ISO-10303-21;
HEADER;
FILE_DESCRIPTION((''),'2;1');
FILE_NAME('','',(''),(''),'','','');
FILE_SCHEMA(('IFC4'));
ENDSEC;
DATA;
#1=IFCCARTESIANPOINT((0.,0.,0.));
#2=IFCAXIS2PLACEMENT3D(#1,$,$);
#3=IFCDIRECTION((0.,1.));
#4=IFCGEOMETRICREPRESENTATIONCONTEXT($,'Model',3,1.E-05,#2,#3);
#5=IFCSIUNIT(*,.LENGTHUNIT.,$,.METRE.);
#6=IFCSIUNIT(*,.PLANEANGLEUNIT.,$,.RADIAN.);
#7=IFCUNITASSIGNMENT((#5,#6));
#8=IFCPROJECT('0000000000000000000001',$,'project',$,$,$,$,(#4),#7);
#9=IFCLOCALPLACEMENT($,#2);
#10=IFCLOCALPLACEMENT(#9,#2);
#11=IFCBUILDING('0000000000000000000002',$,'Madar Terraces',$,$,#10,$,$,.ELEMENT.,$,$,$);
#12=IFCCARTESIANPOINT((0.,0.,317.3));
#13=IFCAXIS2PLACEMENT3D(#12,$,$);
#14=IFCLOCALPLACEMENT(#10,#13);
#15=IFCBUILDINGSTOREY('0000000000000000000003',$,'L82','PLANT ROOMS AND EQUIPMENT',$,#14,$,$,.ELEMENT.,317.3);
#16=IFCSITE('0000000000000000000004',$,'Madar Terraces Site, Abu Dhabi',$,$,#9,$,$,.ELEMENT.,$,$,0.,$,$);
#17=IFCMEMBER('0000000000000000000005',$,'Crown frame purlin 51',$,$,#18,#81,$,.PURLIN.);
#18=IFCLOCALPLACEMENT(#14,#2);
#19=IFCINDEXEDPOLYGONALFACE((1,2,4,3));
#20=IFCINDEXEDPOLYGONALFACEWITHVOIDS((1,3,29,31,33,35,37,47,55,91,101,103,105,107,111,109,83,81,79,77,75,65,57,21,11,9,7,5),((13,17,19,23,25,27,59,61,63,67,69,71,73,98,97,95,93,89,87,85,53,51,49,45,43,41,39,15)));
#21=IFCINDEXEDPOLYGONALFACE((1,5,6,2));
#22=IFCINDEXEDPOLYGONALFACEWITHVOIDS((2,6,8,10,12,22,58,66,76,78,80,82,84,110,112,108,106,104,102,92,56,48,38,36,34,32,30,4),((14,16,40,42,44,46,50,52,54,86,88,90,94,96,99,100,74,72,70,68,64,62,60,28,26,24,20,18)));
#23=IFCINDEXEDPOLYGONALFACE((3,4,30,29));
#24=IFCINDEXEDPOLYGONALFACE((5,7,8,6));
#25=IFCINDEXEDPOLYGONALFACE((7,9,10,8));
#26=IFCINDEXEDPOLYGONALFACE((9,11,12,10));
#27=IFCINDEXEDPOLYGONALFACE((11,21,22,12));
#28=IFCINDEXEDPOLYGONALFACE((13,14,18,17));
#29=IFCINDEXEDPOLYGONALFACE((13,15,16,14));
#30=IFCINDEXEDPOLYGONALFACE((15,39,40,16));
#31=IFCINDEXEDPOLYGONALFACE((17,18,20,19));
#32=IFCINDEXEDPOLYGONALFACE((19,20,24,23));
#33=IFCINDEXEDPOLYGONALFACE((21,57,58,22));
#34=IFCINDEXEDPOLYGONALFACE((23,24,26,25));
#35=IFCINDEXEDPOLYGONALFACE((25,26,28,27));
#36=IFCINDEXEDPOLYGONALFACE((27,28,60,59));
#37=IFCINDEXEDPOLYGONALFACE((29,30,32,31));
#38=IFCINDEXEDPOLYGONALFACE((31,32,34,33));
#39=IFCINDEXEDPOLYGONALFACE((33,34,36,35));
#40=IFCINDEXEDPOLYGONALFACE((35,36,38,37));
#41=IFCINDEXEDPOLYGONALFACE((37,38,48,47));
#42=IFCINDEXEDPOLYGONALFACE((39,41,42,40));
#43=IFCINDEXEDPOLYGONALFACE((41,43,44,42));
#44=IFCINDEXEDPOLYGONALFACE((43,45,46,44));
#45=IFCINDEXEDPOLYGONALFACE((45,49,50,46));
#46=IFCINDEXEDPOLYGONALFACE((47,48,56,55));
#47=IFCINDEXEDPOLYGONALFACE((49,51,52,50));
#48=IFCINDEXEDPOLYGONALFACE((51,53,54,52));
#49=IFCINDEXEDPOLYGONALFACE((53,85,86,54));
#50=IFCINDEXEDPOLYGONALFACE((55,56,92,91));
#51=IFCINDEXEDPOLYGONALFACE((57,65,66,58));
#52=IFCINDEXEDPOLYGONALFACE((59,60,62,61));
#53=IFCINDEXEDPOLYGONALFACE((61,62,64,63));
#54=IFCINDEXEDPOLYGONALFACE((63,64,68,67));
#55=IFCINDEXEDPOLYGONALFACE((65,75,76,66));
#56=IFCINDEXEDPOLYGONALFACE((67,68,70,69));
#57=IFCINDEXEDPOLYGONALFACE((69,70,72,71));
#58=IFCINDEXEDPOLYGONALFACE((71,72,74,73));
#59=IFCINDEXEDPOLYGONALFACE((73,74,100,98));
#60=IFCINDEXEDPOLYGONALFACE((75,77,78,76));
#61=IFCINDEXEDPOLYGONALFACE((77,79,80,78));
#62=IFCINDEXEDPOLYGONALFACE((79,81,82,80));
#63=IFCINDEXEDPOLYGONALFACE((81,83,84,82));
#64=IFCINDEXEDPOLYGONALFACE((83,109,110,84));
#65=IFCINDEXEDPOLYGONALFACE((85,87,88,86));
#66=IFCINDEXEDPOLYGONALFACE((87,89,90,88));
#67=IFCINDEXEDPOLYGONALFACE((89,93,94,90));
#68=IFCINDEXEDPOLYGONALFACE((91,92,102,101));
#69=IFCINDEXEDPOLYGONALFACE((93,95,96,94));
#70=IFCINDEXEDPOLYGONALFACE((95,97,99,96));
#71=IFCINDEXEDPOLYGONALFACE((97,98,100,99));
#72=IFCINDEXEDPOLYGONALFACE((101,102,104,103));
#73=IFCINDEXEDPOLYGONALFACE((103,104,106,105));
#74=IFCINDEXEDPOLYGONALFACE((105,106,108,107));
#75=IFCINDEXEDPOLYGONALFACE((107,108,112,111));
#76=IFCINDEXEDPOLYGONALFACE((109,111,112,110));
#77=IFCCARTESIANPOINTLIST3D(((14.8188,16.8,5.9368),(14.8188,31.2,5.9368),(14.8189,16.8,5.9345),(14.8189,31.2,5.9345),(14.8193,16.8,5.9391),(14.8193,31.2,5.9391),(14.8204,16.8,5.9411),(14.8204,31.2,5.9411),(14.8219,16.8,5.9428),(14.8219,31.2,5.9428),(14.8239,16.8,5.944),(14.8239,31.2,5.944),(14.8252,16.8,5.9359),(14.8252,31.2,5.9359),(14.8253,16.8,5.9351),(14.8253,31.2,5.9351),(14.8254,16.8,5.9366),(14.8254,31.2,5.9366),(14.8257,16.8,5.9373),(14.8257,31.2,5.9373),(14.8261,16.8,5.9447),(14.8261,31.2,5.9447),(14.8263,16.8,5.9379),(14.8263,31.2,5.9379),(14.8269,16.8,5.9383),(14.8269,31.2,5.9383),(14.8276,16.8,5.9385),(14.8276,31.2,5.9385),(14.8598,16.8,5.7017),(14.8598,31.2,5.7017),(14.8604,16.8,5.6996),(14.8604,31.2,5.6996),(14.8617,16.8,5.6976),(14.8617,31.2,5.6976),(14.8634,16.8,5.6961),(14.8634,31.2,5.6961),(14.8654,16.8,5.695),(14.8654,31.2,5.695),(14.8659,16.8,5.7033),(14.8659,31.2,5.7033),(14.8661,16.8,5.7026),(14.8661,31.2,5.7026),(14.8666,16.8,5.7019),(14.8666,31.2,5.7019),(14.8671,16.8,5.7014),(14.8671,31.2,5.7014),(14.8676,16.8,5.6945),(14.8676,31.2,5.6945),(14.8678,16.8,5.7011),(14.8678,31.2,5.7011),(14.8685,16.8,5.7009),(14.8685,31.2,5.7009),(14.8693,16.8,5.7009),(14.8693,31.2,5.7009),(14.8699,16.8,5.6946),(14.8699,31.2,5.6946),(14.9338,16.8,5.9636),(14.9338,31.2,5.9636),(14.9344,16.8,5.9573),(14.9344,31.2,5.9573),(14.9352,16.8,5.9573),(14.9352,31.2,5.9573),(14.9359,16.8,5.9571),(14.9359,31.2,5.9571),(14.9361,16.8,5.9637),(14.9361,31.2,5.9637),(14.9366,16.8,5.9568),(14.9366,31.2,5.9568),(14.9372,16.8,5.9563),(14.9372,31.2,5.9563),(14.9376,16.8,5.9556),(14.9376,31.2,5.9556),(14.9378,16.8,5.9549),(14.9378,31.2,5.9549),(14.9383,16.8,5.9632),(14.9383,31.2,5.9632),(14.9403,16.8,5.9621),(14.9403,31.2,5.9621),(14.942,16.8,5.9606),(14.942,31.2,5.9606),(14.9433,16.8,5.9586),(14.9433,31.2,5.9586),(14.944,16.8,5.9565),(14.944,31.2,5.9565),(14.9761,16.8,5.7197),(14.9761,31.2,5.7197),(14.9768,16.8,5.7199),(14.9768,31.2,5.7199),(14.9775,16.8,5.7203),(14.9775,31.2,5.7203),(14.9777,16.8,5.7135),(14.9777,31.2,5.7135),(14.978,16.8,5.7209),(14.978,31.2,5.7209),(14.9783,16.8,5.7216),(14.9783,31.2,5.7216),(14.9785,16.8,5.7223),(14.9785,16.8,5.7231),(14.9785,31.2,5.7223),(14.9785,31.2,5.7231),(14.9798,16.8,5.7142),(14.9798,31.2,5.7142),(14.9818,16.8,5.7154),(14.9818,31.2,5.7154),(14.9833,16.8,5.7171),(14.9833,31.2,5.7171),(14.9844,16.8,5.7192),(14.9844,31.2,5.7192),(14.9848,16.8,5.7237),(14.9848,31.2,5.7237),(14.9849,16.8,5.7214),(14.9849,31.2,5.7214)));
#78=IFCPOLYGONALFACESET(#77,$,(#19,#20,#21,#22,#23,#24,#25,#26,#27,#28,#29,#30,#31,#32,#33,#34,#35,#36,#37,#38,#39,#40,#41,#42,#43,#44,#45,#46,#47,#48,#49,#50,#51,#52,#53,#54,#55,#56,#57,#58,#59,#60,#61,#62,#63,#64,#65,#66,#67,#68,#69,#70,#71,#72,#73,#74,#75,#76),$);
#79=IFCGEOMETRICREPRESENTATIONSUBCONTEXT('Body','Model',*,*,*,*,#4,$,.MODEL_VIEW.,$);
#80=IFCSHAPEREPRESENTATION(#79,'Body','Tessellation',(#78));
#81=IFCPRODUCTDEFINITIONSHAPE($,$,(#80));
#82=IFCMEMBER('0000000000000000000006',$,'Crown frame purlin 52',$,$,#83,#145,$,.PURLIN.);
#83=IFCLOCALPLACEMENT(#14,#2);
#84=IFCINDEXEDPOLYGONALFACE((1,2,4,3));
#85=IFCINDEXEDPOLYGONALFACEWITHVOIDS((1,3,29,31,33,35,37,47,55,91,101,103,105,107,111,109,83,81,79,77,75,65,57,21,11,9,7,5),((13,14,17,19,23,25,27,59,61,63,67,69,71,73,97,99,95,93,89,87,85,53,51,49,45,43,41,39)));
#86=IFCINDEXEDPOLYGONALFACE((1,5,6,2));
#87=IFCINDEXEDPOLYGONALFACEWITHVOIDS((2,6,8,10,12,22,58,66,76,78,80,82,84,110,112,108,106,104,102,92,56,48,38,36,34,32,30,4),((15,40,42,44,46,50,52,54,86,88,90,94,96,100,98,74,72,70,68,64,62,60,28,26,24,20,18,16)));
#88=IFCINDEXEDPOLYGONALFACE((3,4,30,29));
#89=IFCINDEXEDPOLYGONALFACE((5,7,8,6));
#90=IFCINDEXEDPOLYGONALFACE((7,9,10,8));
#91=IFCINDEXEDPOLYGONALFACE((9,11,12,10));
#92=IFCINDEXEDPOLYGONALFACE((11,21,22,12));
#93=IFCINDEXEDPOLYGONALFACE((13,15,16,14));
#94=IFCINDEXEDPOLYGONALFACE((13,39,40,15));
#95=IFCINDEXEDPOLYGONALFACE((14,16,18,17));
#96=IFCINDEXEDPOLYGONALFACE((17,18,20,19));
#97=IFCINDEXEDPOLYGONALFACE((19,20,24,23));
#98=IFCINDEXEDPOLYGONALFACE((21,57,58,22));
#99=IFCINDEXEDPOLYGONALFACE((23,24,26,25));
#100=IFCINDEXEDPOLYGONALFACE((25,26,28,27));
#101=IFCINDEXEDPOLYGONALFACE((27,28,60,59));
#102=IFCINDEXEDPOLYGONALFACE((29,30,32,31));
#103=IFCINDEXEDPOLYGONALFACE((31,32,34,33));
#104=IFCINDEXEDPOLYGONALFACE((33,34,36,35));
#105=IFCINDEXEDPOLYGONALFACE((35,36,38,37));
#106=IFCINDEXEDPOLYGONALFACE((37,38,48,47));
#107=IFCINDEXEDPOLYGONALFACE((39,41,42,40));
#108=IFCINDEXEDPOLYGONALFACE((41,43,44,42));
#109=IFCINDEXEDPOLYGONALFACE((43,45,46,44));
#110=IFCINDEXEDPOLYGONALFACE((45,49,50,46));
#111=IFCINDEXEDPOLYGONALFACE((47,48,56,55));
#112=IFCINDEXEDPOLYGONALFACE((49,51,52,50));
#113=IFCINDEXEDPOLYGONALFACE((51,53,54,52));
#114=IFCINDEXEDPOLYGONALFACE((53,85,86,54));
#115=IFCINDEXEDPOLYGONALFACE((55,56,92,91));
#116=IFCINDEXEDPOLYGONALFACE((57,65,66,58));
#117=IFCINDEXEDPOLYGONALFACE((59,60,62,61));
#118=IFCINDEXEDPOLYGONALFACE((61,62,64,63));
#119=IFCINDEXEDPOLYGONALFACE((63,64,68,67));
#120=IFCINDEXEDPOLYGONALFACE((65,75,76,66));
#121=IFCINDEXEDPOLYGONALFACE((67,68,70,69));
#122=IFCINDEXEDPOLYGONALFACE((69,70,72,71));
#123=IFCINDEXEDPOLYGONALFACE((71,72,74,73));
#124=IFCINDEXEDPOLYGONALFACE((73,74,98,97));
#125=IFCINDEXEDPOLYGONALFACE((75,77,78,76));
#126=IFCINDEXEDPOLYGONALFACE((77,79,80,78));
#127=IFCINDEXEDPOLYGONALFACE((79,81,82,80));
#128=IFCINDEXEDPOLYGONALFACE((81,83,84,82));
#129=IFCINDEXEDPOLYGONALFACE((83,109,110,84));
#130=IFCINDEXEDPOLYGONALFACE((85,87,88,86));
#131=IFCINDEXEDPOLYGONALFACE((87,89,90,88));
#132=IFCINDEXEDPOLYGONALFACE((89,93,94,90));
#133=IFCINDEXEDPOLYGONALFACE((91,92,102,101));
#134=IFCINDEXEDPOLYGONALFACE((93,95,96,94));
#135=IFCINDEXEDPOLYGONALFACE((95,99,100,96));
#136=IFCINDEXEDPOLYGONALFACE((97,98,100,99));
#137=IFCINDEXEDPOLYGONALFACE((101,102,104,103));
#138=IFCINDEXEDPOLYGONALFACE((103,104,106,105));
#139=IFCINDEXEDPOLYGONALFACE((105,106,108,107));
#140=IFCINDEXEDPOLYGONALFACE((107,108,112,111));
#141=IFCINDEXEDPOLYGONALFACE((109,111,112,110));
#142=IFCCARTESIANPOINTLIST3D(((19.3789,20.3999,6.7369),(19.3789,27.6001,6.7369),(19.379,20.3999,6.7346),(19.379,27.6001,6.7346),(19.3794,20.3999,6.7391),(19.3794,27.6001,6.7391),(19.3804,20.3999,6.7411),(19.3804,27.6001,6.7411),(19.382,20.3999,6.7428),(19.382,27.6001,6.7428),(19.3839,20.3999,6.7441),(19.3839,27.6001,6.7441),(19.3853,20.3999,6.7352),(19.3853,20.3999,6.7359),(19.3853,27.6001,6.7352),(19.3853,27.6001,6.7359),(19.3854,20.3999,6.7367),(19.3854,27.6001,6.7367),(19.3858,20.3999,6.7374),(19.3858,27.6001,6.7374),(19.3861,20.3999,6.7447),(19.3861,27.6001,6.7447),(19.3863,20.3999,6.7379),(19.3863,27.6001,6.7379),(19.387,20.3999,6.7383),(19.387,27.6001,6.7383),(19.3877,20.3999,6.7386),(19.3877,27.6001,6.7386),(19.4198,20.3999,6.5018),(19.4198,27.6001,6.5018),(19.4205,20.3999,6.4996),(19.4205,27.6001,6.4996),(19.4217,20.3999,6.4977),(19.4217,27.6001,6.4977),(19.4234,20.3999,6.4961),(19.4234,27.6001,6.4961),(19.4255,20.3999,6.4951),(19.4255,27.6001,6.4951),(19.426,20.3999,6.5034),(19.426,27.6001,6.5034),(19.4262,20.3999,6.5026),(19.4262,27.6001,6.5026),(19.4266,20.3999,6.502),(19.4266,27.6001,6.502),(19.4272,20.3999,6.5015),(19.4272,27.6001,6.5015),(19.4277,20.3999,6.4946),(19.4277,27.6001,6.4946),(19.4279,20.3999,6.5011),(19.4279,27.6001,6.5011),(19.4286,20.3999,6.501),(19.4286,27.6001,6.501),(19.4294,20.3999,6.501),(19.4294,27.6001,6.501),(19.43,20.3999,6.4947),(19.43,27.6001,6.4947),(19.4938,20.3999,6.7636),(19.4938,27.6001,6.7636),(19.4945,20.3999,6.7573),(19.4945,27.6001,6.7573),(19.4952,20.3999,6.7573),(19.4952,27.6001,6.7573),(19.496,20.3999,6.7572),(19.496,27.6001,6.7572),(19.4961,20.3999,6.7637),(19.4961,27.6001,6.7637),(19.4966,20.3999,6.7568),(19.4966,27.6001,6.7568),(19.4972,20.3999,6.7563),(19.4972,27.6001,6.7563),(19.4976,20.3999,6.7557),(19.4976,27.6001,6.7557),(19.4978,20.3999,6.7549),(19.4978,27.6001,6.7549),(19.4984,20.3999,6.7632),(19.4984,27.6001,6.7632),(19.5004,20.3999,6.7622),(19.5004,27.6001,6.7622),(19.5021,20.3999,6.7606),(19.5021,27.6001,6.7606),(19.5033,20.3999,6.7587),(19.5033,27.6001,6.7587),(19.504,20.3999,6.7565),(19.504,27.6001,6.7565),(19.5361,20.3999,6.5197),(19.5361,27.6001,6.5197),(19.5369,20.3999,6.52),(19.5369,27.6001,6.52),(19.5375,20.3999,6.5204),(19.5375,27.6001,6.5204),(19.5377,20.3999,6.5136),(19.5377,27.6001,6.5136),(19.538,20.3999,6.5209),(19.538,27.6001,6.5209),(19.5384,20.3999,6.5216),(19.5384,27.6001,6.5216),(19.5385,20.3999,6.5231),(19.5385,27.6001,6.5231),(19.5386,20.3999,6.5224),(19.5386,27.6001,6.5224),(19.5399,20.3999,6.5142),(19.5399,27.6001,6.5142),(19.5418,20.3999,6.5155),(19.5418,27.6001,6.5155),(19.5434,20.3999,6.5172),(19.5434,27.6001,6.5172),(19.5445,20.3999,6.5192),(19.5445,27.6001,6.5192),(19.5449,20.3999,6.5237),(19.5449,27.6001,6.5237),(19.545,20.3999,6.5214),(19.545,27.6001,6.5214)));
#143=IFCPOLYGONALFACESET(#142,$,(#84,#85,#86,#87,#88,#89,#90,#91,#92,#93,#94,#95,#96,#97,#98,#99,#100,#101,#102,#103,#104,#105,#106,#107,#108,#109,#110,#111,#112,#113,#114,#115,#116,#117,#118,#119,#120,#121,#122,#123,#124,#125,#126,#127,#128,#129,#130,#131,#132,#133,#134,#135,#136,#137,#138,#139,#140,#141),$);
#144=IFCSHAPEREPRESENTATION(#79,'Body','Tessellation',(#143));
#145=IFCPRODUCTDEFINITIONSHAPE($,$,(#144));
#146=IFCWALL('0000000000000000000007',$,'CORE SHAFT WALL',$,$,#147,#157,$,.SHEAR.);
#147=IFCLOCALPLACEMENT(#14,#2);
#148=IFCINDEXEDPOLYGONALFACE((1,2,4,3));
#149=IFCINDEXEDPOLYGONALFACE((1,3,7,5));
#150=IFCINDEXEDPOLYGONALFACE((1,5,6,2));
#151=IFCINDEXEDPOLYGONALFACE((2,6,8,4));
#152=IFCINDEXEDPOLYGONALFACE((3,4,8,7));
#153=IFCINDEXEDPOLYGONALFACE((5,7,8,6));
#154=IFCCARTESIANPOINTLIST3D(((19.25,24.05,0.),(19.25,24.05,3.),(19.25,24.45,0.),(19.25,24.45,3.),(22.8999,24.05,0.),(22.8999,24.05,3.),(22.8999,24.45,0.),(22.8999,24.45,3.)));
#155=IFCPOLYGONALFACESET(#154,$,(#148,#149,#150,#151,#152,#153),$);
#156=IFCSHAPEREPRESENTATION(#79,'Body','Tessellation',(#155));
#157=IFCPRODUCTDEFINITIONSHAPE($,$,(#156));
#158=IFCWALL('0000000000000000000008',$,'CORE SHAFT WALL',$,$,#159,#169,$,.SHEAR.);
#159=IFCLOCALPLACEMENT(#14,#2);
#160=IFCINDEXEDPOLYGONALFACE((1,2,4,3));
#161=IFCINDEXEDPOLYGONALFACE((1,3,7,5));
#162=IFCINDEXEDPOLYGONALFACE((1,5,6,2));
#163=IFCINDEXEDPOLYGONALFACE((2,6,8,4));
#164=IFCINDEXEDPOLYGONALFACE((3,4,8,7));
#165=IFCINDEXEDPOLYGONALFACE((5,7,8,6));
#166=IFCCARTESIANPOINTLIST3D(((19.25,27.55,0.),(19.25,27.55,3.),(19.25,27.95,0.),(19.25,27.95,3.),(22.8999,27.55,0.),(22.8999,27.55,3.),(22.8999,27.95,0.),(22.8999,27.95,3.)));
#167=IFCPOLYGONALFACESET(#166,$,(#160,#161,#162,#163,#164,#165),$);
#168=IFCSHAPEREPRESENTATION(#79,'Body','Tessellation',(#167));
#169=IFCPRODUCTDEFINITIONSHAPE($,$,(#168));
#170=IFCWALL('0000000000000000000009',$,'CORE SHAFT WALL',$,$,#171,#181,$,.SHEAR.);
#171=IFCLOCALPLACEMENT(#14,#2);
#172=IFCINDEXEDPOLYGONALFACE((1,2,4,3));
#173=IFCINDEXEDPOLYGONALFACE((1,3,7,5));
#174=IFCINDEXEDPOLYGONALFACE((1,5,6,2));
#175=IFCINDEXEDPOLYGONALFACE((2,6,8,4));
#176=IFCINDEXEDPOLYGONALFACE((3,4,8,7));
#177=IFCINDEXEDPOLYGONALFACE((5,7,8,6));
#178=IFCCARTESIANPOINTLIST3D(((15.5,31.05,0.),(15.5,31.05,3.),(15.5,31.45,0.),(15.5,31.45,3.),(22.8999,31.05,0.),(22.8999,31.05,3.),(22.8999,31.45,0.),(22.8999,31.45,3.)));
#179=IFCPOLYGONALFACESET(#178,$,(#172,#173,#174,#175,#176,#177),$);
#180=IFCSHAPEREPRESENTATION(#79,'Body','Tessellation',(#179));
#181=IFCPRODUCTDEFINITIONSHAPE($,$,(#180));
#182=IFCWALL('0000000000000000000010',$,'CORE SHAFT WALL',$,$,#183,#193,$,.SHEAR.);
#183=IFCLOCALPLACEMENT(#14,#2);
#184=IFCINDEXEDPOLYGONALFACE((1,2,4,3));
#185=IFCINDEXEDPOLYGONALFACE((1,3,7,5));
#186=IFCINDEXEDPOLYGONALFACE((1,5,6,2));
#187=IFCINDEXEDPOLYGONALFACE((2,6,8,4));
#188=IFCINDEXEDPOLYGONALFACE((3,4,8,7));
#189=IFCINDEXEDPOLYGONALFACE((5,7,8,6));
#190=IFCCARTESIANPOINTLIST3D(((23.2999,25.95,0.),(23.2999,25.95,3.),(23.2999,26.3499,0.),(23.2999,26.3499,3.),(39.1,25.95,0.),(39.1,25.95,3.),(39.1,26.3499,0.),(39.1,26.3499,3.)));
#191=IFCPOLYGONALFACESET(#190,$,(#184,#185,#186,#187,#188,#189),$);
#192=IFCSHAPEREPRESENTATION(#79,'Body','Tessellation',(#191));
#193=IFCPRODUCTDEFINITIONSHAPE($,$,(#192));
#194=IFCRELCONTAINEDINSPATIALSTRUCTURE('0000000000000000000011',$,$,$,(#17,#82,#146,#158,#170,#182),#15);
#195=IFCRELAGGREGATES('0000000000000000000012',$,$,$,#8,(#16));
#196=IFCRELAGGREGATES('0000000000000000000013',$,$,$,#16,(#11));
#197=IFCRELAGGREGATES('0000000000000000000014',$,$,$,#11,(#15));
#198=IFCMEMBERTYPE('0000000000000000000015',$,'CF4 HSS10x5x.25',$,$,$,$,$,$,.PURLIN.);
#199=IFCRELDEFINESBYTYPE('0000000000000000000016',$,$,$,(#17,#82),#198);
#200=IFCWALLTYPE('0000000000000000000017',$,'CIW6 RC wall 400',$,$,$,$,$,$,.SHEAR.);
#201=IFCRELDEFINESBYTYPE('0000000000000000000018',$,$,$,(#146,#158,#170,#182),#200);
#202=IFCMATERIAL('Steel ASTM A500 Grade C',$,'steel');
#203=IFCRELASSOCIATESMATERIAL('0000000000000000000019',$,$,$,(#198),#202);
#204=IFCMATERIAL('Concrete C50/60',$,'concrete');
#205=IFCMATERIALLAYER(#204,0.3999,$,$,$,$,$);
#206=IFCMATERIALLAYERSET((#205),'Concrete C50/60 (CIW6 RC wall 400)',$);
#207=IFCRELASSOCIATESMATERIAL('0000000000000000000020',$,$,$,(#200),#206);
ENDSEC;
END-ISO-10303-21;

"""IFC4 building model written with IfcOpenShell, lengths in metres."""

from ifc_helpers import new_model, si_unit, direction, frame, frame_2d, origin, origin_2d, place, context, subcontext, project, spatial, rectangle, hollow_rectangle, extrude, material, layer, layer_set, material_profile, profile_set, type_object, element, save


model = new_model("IFC4")

# Units and contexts
model_context = context("Model", 3, precision=1e-05, world=origin(), true_north=direction((0.0, 1.0)))
body_context = subcontext(model_context, "Body", "Model", "MODEL_VIEW")
ifc_project = project(units=[si_unit("LENGTHUNIT", "METRE"), si_unit("PLANEANGLEUNIT", "RADIAN")], contexts=[model_context])

# Site, building, storey
site_placement = place(None, origin())
site = spatial("IfcSite", under=ifc_project, at=site_placement, Name="Madar Terraces Site, Abu Dhabi", CompositionType="ELEMENT", RefElevation=0.0)
building_placement = place(site_placement, origin())
building = spatial("IfcBuilding", under=site, at=building_placement, Name="Madar Terraces", CompositionType="ELEMENT")
storey_placement = place(building_placement, frame((0.0, 0.0, 317.3)))
storey = spatial("IfcBuildingStorey", under=building, at=storey_placement, Name="L82", Description="PLANT ROOMS AND EQUIPMENT", CompositionType="ELEMENT", Elevation=317.3)

# Members
ifc_material_1 = material(Name="Steel ASTM A500 Grade C", Category="steel")
ifc_material_profile_1 = material_profile(ifc_material_1, hollow_rectangle(XDim=0.127, YDim=0.2539, WallThickness=0.0063, InnerFilletRadius=0.0029, OuterFilletRadius=0.0088, at=origin_2d()), Name="HSS10x5x.25")
ifc_profile_set_1 = profile_set([ifc_material_profile_1], Name="Steel ASTM A500 Grade C")
member_type_1 = type_object("IfcMemberType", Name="CF4 HSS10x5x.25", PredefinedType="PURLIN", material=ifc_profile_set_1)
member_1_placement = place(storey_placement, frame((14.9019, 31.2, 5.8291), z_axis=(0.0, -1.0, 0.0), x_axis=(0.984957, 0.0, 0.172799)))
element("IfcMember", 1, at=member_1_placement, inside=storey, type_object=member_type_1, Name="Crown frame purlin 51", PredefinedType="PURLIN", context=body_context, shape_type="SweptSolid", body=[
    extrude(hollow_rectangle(XDim=0.127, YDim=0.2539, WallThickness=0.0063, InnerFilletRadius=0.0029, OuterFilletRadius=0.0088, at=origin_2d()), origin(), (0.0, 0.0, 1.0), 14.3999),
])
member_2_placement = place(storey_placement, frame((19.4619, 27.6001, 6.6292), z_axis=(0.0, -1.0, 0.0), x_axis=(0.984957, 0.0, 0.172799)))
element("IfcMember", 2, at=member_2_placement, inside=storey, type_object=member_type_1, Name="Crown frame purlin 52", PredefinedType="PURLIN", context=body_context, shape_type="SweptSolid", body=[
    extrude(hollow_rectangle(XDim=0.127, YDim=0.2539, WallThickness=0.0063, InnerFilletRadius=0.0029, OuterFilletRadius=0.0088, at=origin_2d()), origin(), (0.0, 0.0, 1.0), 7.2002),
])

# Walls
ifc_material_2 = material(Name="Concrete C50/60", Category="concrete")
ifc_layer_1 = layer(ifc_material_2, 0.3999)
ifc_layer_set_1 = layer_set([ifc_layer_1], Name="Concrete C50/60 (CIW6 RC wall 400)")
wall_type_1 = type_object("IfcWallType", Name="CIW6 RC wall 400", PredefinedType="SHEAR", material=ifc_layer_set_1)
for number, where, z_axis, x_axis, name in (
    (3, (19.25, 24.25, 0.0), (0.0, 0.0, 1.0), (1.0, 0.0, 0.0), "CORE SHAFT WALL"),
    (4, (19.25, 27.75, 0.0), (0.0, 0.0, 1.0), (1.0, 0.0, 0.0), "CORE SHAFT WALL"),
):
    element("IfcWall", number, at=place(storey_placement, frame(where, z_axis=z_axis, x_axis=x_axis)), inside=storey, type_object=wall_type_1, Name=name, PredefinedType="SHEAR", context=body_context, shape_type="SweptSolid", body=[
        extrude(rectangle(XDim=3.6499, YDim=0.3999, at=frame_2d((1.825, 0.0))), origin(), (0.0, 0.0, 1.0), 3.0),
    ])
wall_1_placement = place(storey_placement, frame((15.5, 31.25, 0.0), z_axis=(0.0, 0.0, 1.0), x_axis=(1.0, 0.0, 0.0)))
element("IfcWall", 5, at=wall_1_placement, inside=storey, type_object=wall_type_1, Name="CORE SHAFT WALL", PredefinedType="SHEAR", context=body_context, shape_type="SweptSolid", body=[
    extrude(rectangle(XDim=7.3999, YDim=0.3999, at=frame_2d((3.7, 0.0))), origin(), (0.0, 0.0, 1.0), 3.0),
])
wall_2_placement = place(storey_placement, frame((23.3, 26.1499, 0.0), z_axis=(0.0, 0.0, 1.0), x_axis=(1.0, 0.0, 0.0)))
element("IfcWall", 6, at=wall_2_placement, inside=storey, type_object=wall_type_1, Name="CORE SHAFT WALL", PredefinedType="SHEAR", context=body_context, shape_type="SweptSolid", body=[
    extrude(rectangle(XDim=15.8, YDim=0.3999, at=frame_2d((7.8999, 0.0))), origin(), (0.0, 0.0, 1.0), 3.0),
])

save(model, "model.ifc")
